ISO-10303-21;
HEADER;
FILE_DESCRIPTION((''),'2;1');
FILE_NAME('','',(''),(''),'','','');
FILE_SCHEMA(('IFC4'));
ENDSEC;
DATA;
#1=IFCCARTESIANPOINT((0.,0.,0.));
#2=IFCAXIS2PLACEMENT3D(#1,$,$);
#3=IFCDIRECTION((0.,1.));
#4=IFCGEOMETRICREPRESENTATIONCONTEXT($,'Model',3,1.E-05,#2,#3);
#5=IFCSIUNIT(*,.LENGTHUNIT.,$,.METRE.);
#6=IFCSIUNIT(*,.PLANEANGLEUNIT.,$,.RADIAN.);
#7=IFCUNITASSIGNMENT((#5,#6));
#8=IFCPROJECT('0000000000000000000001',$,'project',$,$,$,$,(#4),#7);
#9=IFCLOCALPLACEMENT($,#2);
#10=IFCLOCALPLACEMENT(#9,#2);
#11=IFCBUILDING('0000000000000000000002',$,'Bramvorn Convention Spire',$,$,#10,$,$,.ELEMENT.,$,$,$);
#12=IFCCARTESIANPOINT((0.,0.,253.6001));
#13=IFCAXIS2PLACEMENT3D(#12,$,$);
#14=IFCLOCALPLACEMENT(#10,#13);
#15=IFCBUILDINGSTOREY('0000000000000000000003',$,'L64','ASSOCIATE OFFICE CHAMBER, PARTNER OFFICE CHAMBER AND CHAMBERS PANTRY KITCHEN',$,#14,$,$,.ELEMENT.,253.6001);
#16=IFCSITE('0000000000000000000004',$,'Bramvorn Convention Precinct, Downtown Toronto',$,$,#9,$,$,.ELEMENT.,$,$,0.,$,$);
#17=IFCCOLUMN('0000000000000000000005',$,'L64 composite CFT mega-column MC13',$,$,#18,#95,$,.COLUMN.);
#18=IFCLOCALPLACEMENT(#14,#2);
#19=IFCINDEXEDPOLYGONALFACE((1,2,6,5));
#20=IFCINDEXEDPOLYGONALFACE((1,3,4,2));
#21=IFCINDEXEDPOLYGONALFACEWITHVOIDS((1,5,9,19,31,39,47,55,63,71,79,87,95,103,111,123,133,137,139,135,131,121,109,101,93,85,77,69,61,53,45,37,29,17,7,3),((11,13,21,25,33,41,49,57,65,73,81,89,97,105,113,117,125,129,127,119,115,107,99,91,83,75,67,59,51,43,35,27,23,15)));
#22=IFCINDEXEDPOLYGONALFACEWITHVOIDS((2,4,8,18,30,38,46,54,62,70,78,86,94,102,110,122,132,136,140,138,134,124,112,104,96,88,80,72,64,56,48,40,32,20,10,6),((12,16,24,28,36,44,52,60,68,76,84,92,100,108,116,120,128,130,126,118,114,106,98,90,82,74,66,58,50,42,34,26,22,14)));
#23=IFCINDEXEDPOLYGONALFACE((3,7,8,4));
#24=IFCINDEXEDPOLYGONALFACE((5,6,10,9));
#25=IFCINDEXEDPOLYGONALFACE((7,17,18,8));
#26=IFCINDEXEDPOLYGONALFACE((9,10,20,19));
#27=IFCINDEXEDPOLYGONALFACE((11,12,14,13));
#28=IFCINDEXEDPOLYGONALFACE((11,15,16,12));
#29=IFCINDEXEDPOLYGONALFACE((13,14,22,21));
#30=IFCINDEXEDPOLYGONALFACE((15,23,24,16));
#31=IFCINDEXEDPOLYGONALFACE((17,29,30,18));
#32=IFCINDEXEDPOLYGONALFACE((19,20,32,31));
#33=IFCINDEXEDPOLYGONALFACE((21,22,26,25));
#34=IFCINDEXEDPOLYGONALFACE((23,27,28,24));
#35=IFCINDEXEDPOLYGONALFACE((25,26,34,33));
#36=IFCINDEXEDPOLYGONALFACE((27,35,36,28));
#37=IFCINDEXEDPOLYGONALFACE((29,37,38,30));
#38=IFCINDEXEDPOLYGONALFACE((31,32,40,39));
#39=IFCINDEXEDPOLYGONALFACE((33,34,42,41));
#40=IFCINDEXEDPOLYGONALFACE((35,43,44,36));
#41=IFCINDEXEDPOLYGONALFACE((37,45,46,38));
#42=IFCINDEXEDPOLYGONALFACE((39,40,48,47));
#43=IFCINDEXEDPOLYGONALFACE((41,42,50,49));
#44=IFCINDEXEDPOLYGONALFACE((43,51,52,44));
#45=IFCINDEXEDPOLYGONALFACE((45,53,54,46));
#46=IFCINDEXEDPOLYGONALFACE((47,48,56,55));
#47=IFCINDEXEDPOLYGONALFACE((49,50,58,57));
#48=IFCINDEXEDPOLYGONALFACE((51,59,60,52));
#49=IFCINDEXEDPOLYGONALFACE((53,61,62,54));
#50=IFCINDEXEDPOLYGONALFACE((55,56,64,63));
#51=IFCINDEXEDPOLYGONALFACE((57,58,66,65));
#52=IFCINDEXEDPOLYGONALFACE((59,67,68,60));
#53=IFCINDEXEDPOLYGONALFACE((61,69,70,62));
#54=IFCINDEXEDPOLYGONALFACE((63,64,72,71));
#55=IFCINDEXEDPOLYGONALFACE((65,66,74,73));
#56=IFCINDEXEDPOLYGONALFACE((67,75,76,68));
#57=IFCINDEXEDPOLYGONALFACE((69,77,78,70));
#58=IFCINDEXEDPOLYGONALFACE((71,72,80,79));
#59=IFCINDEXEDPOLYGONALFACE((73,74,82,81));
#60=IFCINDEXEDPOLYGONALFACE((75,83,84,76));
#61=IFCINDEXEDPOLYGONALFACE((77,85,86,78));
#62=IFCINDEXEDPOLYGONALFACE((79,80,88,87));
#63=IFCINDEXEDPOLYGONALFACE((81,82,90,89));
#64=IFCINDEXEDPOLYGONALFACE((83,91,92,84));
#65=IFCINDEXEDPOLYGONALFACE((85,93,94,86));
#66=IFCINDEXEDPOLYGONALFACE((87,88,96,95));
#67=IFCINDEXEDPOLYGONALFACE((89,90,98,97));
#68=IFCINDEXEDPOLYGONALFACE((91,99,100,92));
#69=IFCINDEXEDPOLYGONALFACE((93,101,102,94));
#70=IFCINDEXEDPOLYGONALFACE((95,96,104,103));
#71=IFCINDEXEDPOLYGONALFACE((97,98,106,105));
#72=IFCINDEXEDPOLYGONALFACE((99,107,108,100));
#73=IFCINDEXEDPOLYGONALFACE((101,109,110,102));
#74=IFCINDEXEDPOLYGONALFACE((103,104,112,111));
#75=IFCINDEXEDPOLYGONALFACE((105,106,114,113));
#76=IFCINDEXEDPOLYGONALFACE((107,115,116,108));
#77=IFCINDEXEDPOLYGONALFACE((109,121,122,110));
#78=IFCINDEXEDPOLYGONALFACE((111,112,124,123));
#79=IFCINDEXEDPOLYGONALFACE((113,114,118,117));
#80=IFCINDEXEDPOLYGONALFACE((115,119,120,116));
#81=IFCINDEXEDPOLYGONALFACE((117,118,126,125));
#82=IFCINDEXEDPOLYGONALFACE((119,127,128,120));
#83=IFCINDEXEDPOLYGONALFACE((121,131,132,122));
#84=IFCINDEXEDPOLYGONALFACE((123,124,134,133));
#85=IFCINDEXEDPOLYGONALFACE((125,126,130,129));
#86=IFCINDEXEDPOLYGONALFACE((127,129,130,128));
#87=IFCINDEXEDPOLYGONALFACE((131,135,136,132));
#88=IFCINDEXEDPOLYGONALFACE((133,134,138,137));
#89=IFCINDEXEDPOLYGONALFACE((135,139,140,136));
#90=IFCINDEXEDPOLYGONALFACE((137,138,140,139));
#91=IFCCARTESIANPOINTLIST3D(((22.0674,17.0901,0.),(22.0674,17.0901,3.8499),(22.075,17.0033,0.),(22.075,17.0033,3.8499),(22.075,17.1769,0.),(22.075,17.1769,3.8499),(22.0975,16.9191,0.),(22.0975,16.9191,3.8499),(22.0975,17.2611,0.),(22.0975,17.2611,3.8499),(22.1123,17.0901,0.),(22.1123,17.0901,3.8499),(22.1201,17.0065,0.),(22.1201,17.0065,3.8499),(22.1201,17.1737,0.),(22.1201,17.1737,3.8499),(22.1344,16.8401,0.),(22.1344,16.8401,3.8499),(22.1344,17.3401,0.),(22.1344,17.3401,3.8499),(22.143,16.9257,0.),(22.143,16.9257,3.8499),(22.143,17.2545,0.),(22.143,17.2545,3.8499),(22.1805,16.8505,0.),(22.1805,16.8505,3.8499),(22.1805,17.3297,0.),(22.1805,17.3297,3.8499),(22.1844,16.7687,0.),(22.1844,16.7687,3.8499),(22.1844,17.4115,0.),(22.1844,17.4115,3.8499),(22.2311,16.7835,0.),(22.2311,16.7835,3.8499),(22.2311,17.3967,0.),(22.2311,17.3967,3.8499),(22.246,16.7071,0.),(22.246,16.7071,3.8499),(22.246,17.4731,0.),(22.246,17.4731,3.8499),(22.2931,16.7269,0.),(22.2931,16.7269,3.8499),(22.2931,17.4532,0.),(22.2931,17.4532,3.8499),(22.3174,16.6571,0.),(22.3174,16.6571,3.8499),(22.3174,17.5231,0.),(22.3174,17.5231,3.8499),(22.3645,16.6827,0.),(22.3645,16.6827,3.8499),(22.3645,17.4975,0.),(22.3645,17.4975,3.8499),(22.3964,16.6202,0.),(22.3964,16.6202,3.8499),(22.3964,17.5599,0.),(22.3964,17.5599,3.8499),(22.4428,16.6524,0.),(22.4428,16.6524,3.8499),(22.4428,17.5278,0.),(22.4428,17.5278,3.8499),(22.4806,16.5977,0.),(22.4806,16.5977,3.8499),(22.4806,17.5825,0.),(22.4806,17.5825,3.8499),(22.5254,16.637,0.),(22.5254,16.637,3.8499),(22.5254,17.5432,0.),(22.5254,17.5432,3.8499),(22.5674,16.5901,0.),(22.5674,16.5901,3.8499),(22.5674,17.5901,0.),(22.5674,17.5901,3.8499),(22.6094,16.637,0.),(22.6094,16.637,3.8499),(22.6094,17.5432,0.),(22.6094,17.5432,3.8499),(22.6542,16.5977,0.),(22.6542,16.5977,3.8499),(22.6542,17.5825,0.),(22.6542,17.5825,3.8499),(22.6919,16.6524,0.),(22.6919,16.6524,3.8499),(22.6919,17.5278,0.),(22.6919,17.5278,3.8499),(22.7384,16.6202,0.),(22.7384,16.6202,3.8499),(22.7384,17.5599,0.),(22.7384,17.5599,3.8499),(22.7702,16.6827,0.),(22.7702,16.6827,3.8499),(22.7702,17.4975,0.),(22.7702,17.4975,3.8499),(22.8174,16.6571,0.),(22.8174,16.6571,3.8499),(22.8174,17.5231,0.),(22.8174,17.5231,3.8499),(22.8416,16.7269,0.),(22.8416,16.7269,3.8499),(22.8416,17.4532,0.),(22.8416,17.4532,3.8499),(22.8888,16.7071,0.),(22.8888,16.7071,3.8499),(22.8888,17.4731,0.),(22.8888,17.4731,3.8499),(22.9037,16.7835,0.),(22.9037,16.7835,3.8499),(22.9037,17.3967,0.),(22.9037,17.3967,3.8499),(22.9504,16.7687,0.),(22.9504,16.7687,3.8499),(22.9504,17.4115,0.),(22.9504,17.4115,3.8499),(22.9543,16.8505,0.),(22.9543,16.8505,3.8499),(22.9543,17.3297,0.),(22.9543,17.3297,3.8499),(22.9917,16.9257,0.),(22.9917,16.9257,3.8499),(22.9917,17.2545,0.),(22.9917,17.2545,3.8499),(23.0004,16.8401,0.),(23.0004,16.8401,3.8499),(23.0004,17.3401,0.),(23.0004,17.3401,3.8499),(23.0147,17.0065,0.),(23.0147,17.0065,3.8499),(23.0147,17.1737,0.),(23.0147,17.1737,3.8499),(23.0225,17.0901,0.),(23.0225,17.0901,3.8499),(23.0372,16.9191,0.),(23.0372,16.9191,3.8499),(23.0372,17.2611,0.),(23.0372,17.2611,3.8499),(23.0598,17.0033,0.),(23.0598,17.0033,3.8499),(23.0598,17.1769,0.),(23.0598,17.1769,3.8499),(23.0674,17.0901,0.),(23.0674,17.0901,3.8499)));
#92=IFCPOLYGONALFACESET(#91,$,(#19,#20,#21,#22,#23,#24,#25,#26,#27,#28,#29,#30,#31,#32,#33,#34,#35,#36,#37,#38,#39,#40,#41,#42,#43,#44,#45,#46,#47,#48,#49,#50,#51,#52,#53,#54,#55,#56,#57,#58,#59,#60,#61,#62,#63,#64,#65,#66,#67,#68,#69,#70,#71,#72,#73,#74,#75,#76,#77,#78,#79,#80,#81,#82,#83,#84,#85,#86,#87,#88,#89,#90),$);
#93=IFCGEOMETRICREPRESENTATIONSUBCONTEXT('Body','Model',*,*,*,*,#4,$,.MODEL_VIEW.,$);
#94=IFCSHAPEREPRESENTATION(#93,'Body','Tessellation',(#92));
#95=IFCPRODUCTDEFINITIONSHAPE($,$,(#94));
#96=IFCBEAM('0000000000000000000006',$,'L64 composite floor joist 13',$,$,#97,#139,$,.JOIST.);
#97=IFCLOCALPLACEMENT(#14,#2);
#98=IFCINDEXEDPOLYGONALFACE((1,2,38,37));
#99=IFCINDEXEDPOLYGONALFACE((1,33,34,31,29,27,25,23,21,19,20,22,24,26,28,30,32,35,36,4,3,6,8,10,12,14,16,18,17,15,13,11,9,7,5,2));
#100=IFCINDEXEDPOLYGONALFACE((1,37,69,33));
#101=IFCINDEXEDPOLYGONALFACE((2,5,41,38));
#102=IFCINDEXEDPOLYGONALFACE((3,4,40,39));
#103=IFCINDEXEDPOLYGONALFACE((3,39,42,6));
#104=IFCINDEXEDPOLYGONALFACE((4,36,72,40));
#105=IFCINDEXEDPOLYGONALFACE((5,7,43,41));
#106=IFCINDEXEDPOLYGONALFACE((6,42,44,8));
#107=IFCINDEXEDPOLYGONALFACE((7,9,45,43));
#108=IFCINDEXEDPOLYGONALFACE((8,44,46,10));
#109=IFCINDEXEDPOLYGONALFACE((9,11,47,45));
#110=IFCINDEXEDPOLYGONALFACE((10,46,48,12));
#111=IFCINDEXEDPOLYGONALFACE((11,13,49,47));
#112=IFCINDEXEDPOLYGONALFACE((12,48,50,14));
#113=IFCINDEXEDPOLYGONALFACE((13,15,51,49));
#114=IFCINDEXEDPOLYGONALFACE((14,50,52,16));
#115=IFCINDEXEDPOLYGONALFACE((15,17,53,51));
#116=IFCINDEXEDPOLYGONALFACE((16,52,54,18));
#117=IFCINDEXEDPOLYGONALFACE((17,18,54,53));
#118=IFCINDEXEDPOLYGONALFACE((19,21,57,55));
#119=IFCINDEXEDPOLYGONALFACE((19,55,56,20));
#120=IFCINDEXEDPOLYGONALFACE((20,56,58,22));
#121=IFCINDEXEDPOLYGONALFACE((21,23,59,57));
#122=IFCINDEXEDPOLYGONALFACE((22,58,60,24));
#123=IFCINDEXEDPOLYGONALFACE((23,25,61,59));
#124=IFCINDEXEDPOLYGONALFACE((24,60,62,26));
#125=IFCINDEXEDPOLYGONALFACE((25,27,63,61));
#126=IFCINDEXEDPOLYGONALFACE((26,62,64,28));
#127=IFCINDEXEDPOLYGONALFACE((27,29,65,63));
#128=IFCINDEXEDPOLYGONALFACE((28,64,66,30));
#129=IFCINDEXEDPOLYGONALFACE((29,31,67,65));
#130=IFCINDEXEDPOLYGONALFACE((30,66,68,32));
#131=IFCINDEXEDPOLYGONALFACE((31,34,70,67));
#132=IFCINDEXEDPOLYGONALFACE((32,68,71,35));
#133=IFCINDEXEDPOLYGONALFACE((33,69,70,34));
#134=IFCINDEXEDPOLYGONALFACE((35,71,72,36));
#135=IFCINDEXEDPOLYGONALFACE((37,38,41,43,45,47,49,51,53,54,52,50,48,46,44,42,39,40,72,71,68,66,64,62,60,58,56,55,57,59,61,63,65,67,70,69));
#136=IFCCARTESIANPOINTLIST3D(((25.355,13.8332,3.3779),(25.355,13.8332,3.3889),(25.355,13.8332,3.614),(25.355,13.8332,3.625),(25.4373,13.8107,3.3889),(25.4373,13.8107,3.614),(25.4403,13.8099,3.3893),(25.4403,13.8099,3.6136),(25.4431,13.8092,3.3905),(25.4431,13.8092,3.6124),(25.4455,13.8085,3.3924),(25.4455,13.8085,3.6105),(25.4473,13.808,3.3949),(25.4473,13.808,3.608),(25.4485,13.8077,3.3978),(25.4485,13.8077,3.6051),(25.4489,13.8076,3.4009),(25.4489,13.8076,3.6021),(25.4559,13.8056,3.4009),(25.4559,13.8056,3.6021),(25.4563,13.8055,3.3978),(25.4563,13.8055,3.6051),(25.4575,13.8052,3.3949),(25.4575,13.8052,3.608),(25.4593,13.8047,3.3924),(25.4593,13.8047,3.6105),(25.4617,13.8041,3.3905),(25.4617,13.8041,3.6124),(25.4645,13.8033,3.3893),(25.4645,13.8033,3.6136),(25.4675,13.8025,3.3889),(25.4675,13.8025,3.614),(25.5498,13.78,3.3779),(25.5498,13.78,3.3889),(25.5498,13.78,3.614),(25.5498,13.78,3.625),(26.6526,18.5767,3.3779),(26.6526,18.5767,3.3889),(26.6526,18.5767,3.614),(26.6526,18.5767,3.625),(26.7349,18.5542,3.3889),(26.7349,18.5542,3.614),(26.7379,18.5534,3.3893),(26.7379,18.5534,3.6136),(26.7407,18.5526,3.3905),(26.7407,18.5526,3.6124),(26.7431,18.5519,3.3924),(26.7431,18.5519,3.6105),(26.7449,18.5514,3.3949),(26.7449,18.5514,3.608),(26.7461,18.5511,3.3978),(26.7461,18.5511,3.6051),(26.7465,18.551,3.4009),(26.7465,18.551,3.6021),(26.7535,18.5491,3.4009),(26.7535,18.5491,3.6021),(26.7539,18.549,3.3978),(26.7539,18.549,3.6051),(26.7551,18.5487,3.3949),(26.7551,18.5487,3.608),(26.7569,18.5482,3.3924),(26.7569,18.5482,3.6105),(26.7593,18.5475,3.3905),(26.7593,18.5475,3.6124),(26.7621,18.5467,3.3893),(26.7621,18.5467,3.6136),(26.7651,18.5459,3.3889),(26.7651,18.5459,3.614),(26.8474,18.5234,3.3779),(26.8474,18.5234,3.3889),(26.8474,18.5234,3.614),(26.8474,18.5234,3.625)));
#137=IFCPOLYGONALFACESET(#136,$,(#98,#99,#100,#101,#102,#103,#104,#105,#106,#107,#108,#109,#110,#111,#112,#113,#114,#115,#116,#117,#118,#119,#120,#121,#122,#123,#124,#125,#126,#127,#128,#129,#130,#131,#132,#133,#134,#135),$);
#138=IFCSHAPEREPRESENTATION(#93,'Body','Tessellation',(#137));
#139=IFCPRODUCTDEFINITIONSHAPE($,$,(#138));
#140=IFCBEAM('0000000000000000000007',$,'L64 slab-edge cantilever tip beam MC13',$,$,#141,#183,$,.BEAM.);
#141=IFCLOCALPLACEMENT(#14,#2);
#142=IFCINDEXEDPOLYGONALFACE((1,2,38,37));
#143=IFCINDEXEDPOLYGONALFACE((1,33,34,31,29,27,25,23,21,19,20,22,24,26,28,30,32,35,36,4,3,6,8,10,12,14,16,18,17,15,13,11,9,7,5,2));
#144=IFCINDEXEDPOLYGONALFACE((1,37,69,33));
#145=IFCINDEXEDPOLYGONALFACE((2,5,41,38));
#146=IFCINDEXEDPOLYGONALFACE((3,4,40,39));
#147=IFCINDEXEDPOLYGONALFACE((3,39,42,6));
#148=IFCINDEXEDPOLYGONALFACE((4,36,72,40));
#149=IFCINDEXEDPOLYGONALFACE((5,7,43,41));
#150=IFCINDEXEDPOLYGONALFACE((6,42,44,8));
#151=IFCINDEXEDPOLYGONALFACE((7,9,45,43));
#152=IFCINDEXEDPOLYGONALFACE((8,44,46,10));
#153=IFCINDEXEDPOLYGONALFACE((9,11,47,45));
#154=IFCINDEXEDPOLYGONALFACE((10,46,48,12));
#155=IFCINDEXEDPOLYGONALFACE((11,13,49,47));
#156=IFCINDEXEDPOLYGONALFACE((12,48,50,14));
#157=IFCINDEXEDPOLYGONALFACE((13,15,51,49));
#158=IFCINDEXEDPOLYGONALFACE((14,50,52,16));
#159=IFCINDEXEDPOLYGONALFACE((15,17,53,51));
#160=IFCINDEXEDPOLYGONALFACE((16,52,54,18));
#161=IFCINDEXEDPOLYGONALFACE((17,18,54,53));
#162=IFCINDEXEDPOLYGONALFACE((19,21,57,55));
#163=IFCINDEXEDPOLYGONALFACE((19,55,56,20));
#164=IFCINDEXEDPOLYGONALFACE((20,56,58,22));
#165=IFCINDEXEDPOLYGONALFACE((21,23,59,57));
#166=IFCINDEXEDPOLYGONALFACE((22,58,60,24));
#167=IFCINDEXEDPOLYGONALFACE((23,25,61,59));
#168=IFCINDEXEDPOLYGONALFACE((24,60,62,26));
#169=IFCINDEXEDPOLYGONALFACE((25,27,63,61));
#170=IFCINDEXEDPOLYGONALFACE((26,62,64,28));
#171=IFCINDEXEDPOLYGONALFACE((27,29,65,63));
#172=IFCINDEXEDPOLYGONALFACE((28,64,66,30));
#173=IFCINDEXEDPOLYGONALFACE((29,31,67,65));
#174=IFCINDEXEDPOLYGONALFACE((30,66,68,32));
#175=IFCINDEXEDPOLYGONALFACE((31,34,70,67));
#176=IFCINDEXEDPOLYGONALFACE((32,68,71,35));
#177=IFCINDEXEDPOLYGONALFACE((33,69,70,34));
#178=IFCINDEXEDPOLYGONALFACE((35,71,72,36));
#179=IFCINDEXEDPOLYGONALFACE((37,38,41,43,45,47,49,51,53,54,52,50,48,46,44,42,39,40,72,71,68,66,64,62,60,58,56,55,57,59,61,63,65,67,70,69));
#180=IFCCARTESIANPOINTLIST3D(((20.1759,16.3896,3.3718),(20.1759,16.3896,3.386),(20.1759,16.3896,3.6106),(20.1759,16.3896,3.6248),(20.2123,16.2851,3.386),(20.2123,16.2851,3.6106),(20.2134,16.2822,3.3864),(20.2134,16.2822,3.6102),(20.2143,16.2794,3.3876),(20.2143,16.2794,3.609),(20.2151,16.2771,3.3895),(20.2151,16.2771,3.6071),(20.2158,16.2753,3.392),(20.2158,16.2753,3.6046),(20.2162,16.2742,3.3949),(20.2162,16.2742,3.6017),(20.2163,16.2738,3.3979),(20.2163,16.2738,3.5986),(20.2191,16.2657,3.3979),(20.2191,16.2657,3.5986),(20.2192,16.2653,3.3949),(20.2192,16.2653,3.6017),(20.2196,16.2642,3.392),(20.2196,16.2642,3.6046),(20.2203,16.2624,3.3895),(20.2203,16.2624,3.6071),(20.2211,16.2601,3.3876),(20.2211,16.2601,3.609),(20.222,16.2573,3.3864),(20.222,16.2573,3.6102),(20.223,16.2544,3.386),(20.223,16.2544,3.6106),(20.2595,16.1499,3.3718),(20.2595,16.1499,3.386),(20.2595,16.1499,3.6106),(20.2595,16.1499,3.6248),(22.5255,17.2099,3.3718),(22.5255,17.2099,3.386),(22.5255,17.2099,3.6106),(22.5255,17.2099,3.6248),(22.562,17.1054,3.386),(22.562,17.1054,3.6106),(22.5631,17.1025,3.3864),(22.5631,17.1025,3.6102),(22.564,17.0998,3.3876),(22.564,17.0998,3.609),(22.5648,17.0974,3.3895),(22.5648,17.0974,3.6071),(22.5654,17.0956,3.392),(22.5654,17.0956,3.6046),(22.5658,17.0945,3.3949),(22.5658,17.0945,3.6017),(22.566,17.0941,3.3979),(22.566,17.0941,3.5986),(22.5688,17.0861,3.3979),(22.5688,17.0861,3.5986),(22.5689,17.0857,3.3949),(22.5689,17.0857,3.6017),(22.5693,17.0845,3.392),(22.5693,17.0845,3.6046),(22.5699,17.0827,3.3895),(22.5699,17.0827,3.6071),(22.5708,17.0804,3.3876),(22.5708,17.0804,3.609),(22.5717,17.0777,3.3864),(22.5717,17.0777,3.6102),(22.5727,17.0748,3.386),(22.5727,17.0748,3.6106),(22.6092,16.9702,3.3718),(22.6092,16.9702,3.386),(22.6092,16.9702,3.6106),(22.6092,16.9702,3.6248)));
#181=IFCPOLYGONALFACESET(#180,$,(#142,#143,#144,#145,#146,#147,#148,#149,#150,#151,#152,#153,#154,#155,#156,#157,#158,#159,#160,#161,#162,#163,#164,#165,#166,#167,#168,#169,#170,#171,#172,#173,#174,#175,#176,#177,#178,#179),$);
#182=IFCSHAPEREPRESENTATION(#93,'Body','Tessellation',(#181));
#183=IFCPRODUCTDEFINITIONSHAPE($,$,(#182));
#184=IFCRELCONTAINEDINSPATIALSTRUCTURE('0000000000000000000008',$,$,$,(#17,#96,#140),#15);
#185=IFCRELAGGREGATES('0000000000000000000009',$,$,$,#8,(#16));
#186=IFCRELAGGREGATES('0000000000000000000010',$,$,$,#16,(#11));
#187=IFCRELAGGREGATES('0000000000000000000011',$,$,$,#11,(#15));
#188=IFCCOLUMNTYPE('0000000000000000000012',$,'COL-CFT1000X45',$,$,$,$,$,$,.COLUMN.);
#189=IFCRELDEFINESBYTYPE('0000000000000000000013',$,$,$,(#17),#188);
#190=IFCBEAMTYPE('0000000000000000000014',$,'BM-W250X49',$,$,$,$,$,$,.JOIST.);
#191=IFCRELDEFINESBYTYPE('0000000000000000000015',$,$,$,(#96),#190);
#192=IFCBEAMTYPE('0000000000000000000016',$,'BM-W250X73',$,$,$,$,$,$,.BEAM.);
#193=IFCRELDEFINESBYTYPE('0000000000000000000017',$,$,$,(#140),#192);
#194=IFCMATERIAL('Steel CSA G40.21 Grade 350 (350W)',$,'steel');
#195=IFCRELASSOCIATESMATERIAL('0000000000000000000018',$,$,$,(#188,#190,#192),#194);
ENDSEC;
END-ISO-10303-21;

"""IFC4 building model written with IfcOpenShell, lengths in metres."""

from ifc_helpers import new_model, si_unit, direction, frame, origin, origin_2d, place, context, subcontext, project, spatial, hollow_circle, i_section, extrude, material, material_profile, profile_set, type_object, element, save


model = new_model("IFC4")

# Units and contexts
model_context = context("Model", 3, precision=1e-05, world=origin(), true_north=direction((0.0, 1.0)))
body_context = subcontext(model_context, "Body", "Model", "MODEL_VIEW")
ifc_project = project(units=[si_unit("LENGTHUNIT", "METRE"), si_unit("PLANEANGLEUNIT", "RADIAN")], contexts=[model_context])

# Site, building, storey
site_placement = place(None, origin())
site = spatial("IfcSite", under=ifc_project, at=site_placement, Name="Bramvorn Convention Precinct, Downtown Toronto", CompositionType="ELEMENT", RefElevation=0.0)
building_placement = place(site_placement, origin())
building = spatial("IfcBuilding", under=site, at=building_placement, Name="Bramvorn Convention Spire", CompositionType="ELEMENT")
storey_placement = place(building_placement, frame((0.0, 0.0, 253.6001)))
storey = spatial("IfcBuildingStorey", under=building, at=storey_placement, Name="L64", Description="ASSOCIATE OFFICE CHAMBER, PARTNER OFFICE CHAMBER AND CHAMBERS PANTRY KITCHEN", CompositionType="ELEMENT", Elevation=253.6001)

# Column
ifc_material_1 = material(Name="Steel CSA G40.21 Grade 350 (350W)", Category="steel")
ifc_material_profile_1 = material_profile(ifc_material_1, hollow_circle(Radius=0.5, WallThickness=0.0449, at=origin_2d()))
ifc_profile_set_1 = profile_set([ifc_material_profile_1], Name="Steel CSA G40.21 Grade 350 (350W) - CFT1000X45")
column_type = type_object("IfcColumnType", Name="COL-CFT1000X45", PredefinedType="COLUMN", material=ifc_profile_set_1)
column_placement = place(storey_placement, frame((22.5674, 17.0901, 0.0), z_axis=(0.0, 0.0, 1.0), x_axis=(1.0, 0.0, 0.0)))
element("IfcColumn", 1, at=column_placement, inside=storey, type_object=column_type, Name="L64 composite CFT mega-column MC13", PredefinedType="COLUMN", context=body_context, shape_type="SweptSolid", body=[
    extrude(hollow_circle(Radius=0.5, WallThickness=0.0449, at=origin_2d()), origin(), (0.0, 0.0, 1.0), 3.8499),
])

# Beams
ifc_material_profile_2 = material_profile(ifc_material_1, i_section(OverallWidth=0.2019, OverallDepth=0.2471, WebThickness=0.0073, FlangeThickness=0.011, FilletRadius=0.012, at=origin_2d()))
ifc_profile_set_2 = profile_set([ifc_material_profile_2], Name="Steel CSA G40.21 Grade 350 (350W) - W250X49")
beam_type_1 = type_object("IfcBeamType", Name="BM-W250X49", PredefinedType="JOIST", material=ifc_profile_set_2)
beam_1_placement = place(storey_placement, frame((26.75, 18.55, 3.5015), z_axis=(-0.263865, -0.96456, 0.0), x_axis=(0.96456, -0.263865, 0.0)))
element("IfcBeam", 2, at=beam_1_placement, inside=storey, type_object=beam_type_1, Name="L64 composite floor joist 13", PredefinedType="JOIST", context=body_context, shape_type="SweptSolid", body=[
    extrude(i_section(OverallWidth=0.2019, OverallDepth=0.2471, WebThickness=0.0073, FlangeThickness=0.011, FilletRadius=0.012, at=origin_2d()), origin(), (0.0, 0.0, 1.0), 4.9177),
])
ifc_material_profile_3 = material_profile(ifc_material_1, i_section(OverallWidth=0.2539, OverallDepth=0.2529, WebThickness=0.0085, FlangeThickness=0.0142, FilletRadius=0.012, at=origin_2d()))
ifc_profile_set_3 = profile_set([ifc_material_profile_3], Name="Steel CSA G40.21 Grade 350 (350W) - W250X73")
beam_type_2 = type_object("IfcBeamType", Name="BM-W250X73", PredefinedType="BEAM", material=ifc_profile_set_3)
beam_2_placement = place(storey_placement, frame((22.5674, 17.0901, 3.4983), z_axis=(-0.944115, -0.329616, 0.0), x_axis=(0.329616, -0.944115, 0.0)))
element("IfcBeam", 3, at=beam_2_placement, inside=storey, type_object=beam_type_2, Name="L64 slab-edge cantilever tip beam MC13", PredefinedType="BEAM", context=body_context, shape_type="SweptSolid", body=[
    extrude(i_section(OverallWidth=0.2539, OverallDepth=0.2529, WebThickness=0.0085, FlangeThickness=0.0142, FilletRadius=0.012, at=origin_2d()), origin(), (0.0, 0.0, 1.0), 2.4888),
])

save(model, "model.ifc")
